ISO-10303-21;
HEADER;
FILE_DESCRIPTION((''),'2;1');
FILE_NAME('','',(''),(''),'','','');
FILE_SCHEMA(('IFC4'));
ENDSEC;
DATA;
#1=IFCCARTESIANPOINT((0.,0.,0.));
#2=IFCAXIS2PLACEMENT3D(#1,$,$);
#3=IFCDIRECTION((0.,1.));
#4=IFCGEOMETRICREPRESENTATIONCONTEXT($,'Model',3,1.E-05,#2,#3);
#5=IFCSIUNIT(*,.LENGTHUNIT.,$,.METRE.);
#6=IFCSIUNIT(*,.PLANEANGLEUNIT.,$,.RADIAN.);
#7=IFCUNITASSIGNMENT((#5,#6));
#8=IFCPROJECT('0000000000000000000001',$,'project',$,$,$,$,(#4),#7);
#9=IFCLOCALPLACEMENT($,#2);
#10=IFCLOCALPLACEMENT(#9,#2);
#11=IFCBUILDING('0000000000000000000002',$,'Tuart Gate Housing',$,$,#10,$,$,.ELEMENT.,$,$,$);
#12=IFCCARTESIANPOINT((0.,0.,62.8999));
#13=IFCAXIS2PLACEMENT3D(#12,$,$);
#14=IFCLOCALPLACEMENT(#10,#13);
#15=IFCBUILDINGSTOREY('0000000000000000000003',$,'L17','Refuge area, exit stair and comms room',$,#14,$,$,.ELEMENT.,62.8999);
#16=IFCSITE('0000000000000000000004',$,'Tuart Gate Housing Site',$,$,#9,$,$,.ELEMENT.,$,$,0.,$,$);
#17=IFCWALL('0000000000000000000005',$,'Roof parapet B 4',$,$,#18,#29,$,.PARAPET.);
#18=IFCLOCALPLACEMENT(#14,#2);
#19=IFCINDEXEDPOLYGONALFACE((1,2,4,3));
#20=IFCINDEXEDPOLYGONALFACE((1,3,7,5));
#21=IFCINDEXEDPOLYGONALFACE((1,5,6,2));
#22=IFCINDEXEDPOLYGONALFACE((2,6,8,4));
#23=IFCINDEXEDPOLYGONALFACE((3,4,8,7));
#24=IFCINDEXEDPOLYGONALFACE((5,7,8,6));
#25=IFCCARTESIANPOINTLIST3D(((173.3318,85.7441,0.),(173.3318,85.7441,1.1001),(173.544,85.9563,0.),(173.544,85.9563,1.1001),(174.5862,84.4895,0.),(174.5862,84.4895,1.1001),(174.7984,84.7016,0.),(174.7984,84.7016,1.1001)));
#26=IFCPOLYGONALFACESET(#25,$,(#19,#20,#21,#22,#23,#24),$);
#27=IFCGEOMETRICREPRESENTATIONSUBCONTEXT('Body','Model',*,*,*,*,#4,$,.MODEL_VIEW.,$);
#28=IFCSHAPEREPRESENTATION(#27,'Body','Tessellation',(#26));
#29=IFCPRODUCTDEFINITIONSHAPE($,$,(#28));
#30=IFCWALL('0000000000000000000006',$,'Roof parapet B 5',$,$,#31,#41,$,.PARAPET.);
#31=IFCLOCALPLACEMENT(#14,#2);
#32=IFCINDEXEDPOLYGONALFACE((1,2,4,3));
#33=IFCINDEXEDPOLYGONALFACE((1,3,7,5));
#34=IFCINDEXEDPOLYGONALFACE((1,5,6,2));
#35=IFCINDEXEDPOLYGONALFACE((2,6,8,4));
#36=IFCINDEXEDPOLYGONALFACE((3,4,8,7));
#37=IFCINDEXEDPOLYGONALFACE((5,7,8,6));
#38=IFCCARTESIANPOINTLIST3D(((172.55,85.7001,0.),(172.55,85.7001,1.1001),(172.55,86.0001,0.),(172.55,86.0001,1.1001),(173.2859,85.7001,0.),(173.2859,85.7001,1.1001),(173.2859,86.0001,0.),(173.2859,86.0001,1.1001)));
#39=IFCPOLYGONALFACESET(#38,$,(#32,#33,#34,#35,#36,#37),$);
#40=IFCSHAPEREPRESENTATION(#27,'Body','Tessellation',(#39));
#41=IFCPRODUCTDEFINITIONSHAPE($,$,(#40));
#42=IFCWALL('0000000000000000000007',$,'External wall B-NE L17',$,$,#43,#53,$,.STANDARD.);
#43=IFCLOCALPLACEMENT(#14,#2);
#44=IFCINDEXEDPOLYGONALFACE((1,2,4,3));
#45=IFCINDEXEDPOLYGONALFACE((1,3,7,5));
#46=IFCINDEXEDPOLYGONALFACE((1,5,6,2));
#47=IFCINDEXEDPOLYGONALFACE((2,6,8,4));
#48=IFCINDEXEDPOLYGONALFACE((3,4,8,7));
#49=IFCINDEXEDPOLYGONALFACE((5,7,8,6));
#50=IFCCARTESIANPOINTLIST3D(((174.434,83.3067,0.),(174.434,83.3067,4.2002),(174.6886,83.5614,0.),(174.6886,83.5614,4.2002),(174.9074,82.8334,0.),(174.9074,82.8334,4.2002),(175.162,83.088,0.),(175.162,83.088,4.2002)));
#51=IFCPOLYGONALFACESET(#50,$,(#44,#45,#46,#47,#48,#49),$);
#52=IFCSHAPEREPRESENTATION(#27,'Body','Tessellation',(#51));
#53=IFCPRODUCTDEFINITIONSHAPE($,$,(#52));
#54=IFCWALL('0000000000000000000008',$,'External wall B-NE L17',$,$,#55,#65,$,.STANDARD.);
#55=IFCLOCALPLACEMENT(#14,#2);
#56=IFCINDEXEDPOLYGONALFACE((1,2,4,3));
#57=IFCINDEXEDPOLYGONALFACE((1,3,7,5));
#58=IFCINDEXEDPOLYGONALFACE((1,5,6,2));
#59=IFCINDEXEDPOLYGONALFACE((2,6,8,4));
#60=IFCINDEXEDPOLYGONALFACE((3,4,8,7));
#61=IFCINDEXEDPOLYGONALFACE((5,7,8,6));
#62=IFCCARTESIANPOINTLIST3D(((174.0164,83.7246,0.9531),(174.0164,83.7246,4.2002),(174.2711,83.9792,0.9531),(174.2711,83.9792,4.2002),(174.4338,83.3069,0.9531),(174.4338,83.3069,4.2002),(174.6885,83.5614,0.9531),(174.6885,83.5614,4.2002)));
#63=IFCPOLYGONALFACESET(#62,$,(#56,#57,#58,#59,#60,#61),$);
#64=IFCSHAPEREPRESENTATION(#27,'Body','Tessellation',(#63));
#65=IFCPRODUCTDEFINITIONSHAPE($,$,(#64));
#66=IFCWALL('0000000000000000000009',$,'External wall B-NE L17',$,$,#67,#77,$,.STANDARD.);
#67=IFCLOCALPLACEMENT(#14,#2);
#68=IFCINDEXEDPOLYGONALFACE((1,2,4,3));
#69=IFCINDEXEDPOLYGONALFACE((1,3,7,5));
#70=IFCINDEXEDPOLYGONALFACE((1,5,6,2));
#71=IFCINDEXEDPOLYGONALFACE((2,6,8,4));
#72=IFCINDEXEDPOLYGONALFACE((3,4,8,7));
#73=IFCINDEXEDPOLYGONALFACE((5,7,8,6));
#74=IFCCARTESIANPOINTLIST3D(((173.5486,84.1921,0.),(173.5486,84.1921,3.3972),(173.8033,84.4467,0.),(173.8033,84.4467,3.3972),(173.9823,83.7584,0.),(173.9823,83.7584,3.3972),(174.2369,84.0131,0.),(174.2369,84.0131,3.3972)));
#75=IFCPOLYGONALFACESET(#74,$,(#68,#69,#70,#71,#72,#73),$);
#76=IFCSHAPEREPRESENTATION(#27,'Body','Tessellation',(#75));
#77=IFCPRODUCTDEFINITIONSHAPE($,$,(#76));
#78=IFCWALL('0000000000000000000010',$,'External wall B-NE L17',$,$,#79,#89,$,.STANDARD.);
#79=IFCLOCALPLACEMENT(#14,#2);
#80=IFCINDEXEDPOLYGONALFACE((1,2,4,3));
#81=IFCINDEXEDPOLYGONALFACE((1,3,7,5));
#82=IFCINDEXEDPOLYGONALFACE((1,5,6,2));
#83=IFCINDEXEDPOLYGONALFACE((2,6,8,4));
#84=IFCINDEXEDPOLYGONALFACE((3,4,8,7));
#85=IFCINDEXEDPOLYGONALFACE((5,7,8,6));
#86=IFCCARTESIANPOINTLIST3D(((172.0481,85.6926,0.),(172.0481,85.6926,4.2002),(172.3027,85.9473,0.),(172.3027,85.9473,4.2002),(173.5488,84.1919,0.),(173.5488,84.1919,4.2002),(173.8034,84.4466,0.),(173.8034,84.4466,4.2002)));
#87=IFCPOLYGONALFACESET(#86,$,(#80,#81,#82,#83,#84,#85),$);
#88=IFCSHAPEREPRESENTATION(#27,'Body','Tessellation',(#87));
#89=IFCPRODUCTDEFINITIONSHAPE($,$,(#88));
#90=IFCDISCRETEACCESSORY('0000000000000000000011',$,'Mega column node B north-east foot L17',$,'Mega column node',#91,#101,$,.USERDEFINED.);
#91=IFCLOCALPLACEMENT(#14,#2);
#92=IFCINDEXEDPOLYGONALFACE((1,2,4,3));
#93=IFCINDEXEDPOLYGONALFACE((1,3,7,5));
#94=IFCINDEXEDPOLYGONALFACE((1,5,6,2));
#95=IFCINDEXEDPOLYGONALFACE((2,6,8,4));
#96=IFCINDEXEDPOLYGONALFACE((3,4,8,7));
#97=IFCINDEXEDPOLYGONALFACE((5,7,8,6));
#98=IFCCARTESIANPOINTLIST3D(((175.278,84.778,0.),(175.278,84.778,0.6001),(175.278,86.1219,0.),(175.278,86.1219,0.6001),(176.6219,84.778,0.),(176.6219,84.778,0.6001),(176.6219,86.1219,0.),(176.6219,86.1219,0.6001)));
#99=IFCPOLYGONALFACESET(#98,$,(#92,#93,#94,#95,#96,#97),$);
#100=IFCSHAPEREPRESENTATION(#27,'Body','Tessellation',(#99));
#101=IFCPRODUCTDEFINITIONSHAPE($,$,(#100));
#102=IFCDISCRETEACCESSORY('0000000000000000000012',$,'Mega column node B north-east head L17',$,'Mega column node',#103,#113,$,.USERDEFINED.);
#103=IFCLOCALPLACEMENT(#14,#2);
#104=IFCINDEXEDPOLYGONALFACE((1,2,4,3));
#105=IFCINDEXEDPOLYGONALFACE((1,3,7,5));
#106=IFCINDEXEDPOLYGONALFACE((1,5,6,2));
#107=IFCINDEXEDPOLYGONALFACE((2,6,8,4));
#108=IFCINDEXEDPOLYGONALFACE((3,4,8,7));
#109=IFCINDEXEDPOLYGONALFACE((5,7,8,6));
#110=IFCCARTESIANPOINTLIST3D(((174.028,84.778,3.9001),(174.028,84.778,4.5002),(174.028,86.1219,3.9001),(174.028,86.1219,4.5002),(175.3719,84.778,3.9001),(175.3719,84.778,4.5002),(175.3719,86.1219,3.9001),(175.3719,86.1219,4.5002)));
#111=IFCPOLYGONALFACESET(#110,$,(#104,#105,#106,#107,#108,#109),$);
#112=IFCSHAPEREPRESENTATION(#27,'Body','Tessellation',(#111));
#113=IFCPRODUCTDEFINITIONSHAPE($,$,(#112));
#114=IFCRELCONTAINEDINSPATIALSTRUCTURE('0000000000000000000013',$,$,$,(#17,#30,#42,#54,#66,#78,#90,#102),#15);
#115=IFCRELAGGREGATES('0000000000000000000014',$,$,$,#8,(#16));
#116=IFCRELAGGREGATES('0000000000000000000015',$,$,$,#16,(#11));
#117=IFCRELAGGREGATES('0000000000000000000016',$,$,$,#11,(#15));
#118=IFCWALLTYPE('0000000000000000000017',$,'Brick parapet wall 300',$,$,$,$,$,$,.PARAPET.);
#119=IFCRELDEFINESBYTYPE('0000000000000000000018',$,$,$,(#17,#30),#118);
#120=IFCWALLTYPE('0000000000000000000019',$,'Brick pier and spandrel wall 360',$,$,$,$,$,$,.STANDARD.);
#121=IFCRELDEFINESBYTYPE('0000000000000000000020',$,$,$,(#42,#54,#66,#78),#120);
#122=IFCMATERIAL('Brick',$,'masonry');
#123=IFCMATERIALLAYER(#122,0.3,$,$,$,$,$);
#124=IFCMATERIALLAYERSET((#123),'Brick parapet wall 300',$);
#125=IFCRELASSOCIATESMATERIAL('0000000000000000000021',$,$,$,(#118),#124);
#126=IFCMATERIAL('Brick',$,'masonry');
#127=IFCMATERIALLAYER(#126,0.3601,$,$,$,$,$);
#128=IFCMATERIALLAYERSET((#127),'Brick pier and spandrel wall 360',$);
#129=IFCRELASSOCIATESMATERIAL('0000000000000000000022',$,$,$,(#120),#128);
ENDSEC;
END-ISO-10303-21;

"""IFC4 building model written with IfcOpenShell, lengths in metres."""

from ifc_helpers import new_model, si_unit, direction, frame, frame_2d, origin, origin_2d, place, context, subcontext, project, spatial, rectangle, extrude, material, layer, layer_set, type_object, element, save


model = new_model("IFC4")

# Units and contexts
model_context = context("Model", 3, precision=1e-05, world=origin(), true_north=direction((0.0, 1.0)))
body_context = subcontext(model_context, "Body", "Model", "MODEL_VIEW")
ifc_project = project(units=[si_unit("LENGTHUNIT", "METRE"), si_unit("PLANEANGLEUNIT", "RADIAN")], contexts=[model_context])

# Site, building, storey
site_placement = place(None, origin())
site = spatial("IfcSite", under=ifc_project, at=site_placement, Name="Tuart Gate Housing Site", CompositionType="ELEMENT", RefElevation=0.0)
building_placement = place(site_placement, origin())
building = spatial("IfcBuilding", under=site, at=building_placement, Name="Tuart Gate Housing", CompositionType="ELEMENT")
storey_placement = place(building_placement, frame((0.0, 0.0, 62.8999)))
storey = spatial("IfcBuildingStorey", under=building, at=storey_placement, Name="L17", Description="Refuge area, exit stair and comms room", CompositionType="ELEMENT", Elevation=62.8999)

# Walls
ifc_material_1 = material(Name="Brick", Category="masonry")
ifc_layer_1 = layer(ifc_material_1, 0.3)
ifc_layer_set_1 = layer_set([ifc_layer_1], Name="Brick parapet wall 300")
wall_type_1 = type_object("IfcWallType", Name="Brick parapet wall 300", PredefinedType="PARAPET", material=ifc_layer_set_1)
wall_1_placement = place(storey_placement, frame((174.6924, 84.5955, 0.0), z_axis=(0.0, 0.0, 1.0), x_axis=(-0.707038, 0.707176, 0.0)))
element("IfcWall", 1, at=wall_1_placement, inside=storey, type_object=wall_type_1, Name="Roof parapet B 4", PredefinedType="PARAPET", context=body_context, shape_type="SweptSolid", body=[
    extrude(rectangle(XDim=1.7742, YDim=0.3, at=frame_2d((0.8872, 0.0))), origin(), (0.0, 0.0, 1.0), 1.1001),
])
wall_2_placement = place(storey_placement, frame((173.2859, 85.8501, 0.0), z_axis=(0.0, 0.0, 1.0), x_axis=(-1.0, 0.0, 0.0)))
element("IfcWall", 2, at=wall_2_placement, inside=storey, type_object=wall_type_1, Name="Roof parapet B 5", PredefinedType="PARAPET", context=body_context, shape_type="SweptSolid", body=[
    extrude(rectangle(XDim=0.7358, YDim=0.3, at=frame_2d((0.3679, 0.0))), origin(), (0.0, 0.0, 1.0), 1.1001),
])
ifc_material_2 = material(Name="Brick", Category="masonry")
ifc_layer_2 = layer(ifc_material_2, 0.3601)
ifc_layer_set_2 = layer_set([ifc_layer_2], Name="Brick pier and spandrel wall 360")
wall_type_2 = type_object("IfcWallType", Name="Brick pier and spandrel wall 360", PredefinedType="STANDARD", material=ifc_layer_set_2)
wall_3_placement = place(storey_placement, frame((175.0347, 82.9607, 0.0), z_axis=(0.0, 0.0, 1.0), x_axis=(-0.707107, 0.707107, 0.0)))
element("IfcWall", 3, at=wall_3_placement, inside=storey, type_object=wall_type_2, Name="External wall B-NE L17", PredefinedType="STANDARD", context=body_context, shape_type="SweptSolid", body=[
    extrude(rectangle(XDim=0.6694, YDim=0.3601, at=frame_2d((0.3347, 0.0))), origin(), (0.0, 0.0, 1.0), 4.2002),
])
wall_4_placement = place(storey_placement, frame((174.5613, 83.4341, 0.9531), z_axis=(0.0, 0.0, 1.0), x_axis=(-0.7069, 0.707313, 0.0)))
element("IfcWall", 4, at=wall_4_placement, inside=storey, type_object=wall_type_2, Name="External wall B-NE L17", PredefinedType="STANDARD", context=body_context, shape_type="SweptSolid", body=[
    extrude(rectangle(XDim=0.5906, YDim=0.3601, at=frame_2d((0.2954, 0.0))), origin(), (0.0, 0.0, 1.0), 3.2471),
])
wall_5_placement = place(storey_placement, frame((174.1096, 83.8857, 0.0), z_axis=(0.0, 0.0, 1.0), x_axis=(-0.707107, 0.707107, 0.0)))
element("IfcWall", 5, at=wall_5_placement, inside=storey, type_object=wall_type_2, Name="External wall B-NE L17", PredefinedType="STANDARD", context=body_context, shape_type="SweptSolid", body=[
    extrude(rectangle(XDim=0.6133, YDim=0.3601, at=frame_2d((0.3066, 0.0))), origin(), (0.0, 0.0, 1.0), 3.3972),
])
wall_6_placement = place(storey_placement, frame((173.676, 84.3193, 0.0), z_axis=(0.0, 0.0, 1.0), x_axis=(-0.707107, 0.707107, 0.0)))
element("IfcWall", 6, at=wall_6_placement, inside=storey, type_object=wall_type_2, Name="External wall B-NE L17", PredefinedType="STANDARD", context=body_context, shape_type="SweptSolid", body=[
    extrude(rectangle(XDim=2.1223, YDim=0.3601, at=frame_2d((1.061, 0.0))), origin(), (0.0, 0.0, 1.0), 4.2002),
])

# Discrete accessories
for number, where, z_axis, x_axis, name in (
    (7, (175.95, 85.45, 0.0), (0.0, 0.0, 1.0), (1.0, 0.0, 0.0), "Mega column node B north-east foot L17"),
    (8, (174.7, 85.45, 3.9001), (0.0, 0.0, 1.0), (1.0, 0.0, 0.0), "Mega column node B north-east head L17"),
):
    element("IfcDiscreteAccessory", number, at=place(storey_placement, frame(where, z_axis=z_axis, x_axis=x_axis)), inside=storey, Name=name, ObjectType="Mega column node", PredefinedType="USERDEFINED", context=body_context, shape_type="SweptSolid", body=[
        extrude(rectangle(XDim=1.344, YDim=1.344, at=origin_2d()), origin(), (0.0, 0.0, 1.0), 0.6001),
    ])

save(model, "model.ifc")
